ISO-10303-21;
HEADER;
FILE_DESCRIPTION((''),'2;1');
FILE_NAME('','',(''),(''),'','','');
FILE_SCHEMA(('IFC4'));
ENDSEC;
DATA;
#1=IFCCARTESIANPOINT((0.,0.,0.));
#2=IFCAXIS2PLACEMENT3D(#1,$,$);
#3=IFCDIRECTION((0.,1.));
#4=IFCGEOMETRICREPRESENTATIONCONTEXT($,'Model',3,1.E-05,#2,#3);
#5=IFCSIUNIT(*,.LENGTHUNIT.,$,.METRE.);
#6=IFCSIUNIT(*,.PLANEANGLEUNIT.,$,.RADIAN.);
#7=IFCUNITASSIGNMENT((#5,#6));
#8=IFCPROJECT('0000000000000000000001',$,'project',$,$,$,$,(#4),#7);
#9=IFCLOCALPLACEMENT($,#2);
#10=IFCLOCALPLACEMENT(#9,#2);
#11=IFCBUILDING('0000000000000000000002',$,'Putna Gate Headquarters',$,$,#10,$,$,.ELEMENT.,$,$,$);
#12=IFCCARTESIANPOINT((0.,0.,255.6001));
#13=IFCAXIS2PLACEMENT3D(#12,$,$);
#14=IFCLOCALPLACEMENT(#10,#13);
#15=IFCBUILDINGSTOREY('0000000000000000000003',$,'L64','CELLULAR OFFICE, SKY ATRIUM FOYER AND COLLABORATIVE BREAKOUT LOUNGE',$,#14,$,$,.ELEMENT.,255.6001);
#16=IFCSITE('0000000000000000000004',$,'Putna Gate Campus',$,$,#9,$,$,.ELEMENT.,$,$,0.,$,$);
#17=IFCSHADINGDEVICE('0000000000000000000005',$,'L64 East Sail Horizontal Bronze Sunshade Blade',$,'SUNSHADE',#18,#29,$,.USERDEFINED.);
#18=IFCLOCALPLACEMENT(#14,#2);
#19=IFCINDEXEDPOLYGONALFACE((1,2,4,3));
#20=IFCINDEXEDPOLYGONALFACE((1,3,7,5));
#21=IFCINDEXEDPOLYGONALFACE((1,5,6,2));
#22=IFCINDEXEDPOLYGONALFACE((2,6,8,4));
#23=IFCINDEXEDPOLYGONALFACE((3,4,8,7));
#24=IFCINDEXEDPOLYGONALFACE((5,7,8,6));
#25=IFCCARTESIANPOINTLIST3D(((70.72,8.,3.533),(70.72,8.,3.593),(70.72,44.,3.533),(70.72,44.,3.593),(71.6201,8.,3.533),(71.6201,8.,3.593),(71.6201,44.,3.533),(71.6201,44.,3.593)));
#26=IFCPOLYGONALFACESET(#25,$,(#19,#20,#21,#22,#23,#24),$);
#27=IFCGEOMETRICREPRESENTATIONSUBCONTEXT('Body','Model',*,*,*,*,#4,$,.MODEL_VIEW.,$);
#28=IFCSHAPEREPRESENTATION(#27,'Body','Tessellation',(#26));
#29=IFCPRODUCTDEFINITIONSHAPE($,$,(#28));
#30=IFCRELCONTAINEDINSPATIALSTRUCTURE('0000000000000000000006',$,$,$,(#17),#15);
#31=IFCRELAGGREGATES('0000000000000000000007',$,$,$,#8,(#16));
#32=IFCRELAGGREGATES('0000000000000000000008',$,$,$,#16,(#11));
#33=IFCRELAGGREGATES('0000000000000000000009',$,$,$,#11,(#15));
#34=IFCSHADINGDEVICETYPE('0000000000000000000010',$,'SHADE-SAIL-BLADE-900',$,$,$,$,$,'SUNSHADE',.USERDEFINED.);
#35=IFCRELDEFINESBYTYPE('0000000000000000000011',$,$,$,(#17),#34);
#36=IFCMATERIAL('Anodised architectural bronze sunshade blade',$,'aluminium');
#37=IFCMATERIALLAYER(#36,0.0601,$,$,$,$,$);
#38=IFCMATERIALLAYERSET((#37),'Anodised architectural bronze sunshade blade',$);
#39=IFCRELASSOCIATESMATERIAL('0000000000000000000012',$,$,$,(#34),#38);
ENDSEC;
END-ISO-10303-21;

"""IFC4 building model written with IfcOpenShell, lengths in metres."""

from ifc_helpers import new_model, si_unit, direction, frame, origin, place, context, subcontext, project, spatial, polyline, outline, extrude, material, layer, layer_set, type_object, element, save


model = new_model("IFC4")

# Units and contexts
model_context = context("Model", 3, precision=1e-05, world=origin(), true_north=direction((0.0, 1.0)))
body_context = subcontext(model_context, "Body", "Model", "MODEL_VIEW")
ifc_project = project(units=[si_unit("LENGTHUNIT", "METRE"), si_unit("PLANEANGLEUNIT", "RADIAN")], contexts=[model_context])

# Site, building, storey
site_placement = place(None, origin())
site = spatial("IfcSite", under=ifc_project, at=site_placement, Name="Putna Gate Campus", CompositionType="ELEMENT", RefElevation=0.0)
building_placement = place(site_placement, origin())
building = spatial("IfcBuilding", under=site, at=building_placement, Name="Putna Gate Headquarters", CompositionType="ELEMENT")
storey_placement = place(building_placement, frame((0.0, 0.0, 255.6001)))
storey = spatial("IfcBuildingStorey", under=building, at=storey_placement, Name="L64", Description="CELLULAR OFFICE, SKY ATRIUM FOYER AND COLLABORATIVE BREAKOUT LOUNGE", CompositionType="ELEMENT", Elevation=255.6001)

# Shading device
ifc_material_1 = material(Name="Anodised architectural bronze sunshade blade", Category="aluminium")
ifc_layer_1 = layer(ifc_material_1, 0.0601)
ifc_layer_set_1 = layer_set([ifc_layer_1], Name="Anodised architectural bronze sunshade blade")
shading_device_type_1 = type_object("IfcShadingDeviceType", Name="SHADE-SAIL-BLADE-900", ElementType="SUNSHADE", PredefinedType="USERDEFINED", material=ifc_layer_set_1)
shading_device_placement = place(storey_placement, frame((0.0, 0.0, 3.533)))
element("IfcShadingDevice", 1, at=shading_device_placement, inside=storey, type_object=shading_device_type_1, Name="L64 East Sail Horizontal Bronze Sunshade Blade", ObjectType="SUNSHADE", PredefinedType="USERDEFINED", context=body_context, shape_type="SweptSolid", body=[
    extrude(outline(polyline([(70.72, 8.0), (71.6201, 8.0), (71.6201, 44.0), (70.72, 44.0), (70.72, 8.0)])), origin(), (0.0, 0.0, 1.0), 0.0601),
])

save(model, "model.ifc")
